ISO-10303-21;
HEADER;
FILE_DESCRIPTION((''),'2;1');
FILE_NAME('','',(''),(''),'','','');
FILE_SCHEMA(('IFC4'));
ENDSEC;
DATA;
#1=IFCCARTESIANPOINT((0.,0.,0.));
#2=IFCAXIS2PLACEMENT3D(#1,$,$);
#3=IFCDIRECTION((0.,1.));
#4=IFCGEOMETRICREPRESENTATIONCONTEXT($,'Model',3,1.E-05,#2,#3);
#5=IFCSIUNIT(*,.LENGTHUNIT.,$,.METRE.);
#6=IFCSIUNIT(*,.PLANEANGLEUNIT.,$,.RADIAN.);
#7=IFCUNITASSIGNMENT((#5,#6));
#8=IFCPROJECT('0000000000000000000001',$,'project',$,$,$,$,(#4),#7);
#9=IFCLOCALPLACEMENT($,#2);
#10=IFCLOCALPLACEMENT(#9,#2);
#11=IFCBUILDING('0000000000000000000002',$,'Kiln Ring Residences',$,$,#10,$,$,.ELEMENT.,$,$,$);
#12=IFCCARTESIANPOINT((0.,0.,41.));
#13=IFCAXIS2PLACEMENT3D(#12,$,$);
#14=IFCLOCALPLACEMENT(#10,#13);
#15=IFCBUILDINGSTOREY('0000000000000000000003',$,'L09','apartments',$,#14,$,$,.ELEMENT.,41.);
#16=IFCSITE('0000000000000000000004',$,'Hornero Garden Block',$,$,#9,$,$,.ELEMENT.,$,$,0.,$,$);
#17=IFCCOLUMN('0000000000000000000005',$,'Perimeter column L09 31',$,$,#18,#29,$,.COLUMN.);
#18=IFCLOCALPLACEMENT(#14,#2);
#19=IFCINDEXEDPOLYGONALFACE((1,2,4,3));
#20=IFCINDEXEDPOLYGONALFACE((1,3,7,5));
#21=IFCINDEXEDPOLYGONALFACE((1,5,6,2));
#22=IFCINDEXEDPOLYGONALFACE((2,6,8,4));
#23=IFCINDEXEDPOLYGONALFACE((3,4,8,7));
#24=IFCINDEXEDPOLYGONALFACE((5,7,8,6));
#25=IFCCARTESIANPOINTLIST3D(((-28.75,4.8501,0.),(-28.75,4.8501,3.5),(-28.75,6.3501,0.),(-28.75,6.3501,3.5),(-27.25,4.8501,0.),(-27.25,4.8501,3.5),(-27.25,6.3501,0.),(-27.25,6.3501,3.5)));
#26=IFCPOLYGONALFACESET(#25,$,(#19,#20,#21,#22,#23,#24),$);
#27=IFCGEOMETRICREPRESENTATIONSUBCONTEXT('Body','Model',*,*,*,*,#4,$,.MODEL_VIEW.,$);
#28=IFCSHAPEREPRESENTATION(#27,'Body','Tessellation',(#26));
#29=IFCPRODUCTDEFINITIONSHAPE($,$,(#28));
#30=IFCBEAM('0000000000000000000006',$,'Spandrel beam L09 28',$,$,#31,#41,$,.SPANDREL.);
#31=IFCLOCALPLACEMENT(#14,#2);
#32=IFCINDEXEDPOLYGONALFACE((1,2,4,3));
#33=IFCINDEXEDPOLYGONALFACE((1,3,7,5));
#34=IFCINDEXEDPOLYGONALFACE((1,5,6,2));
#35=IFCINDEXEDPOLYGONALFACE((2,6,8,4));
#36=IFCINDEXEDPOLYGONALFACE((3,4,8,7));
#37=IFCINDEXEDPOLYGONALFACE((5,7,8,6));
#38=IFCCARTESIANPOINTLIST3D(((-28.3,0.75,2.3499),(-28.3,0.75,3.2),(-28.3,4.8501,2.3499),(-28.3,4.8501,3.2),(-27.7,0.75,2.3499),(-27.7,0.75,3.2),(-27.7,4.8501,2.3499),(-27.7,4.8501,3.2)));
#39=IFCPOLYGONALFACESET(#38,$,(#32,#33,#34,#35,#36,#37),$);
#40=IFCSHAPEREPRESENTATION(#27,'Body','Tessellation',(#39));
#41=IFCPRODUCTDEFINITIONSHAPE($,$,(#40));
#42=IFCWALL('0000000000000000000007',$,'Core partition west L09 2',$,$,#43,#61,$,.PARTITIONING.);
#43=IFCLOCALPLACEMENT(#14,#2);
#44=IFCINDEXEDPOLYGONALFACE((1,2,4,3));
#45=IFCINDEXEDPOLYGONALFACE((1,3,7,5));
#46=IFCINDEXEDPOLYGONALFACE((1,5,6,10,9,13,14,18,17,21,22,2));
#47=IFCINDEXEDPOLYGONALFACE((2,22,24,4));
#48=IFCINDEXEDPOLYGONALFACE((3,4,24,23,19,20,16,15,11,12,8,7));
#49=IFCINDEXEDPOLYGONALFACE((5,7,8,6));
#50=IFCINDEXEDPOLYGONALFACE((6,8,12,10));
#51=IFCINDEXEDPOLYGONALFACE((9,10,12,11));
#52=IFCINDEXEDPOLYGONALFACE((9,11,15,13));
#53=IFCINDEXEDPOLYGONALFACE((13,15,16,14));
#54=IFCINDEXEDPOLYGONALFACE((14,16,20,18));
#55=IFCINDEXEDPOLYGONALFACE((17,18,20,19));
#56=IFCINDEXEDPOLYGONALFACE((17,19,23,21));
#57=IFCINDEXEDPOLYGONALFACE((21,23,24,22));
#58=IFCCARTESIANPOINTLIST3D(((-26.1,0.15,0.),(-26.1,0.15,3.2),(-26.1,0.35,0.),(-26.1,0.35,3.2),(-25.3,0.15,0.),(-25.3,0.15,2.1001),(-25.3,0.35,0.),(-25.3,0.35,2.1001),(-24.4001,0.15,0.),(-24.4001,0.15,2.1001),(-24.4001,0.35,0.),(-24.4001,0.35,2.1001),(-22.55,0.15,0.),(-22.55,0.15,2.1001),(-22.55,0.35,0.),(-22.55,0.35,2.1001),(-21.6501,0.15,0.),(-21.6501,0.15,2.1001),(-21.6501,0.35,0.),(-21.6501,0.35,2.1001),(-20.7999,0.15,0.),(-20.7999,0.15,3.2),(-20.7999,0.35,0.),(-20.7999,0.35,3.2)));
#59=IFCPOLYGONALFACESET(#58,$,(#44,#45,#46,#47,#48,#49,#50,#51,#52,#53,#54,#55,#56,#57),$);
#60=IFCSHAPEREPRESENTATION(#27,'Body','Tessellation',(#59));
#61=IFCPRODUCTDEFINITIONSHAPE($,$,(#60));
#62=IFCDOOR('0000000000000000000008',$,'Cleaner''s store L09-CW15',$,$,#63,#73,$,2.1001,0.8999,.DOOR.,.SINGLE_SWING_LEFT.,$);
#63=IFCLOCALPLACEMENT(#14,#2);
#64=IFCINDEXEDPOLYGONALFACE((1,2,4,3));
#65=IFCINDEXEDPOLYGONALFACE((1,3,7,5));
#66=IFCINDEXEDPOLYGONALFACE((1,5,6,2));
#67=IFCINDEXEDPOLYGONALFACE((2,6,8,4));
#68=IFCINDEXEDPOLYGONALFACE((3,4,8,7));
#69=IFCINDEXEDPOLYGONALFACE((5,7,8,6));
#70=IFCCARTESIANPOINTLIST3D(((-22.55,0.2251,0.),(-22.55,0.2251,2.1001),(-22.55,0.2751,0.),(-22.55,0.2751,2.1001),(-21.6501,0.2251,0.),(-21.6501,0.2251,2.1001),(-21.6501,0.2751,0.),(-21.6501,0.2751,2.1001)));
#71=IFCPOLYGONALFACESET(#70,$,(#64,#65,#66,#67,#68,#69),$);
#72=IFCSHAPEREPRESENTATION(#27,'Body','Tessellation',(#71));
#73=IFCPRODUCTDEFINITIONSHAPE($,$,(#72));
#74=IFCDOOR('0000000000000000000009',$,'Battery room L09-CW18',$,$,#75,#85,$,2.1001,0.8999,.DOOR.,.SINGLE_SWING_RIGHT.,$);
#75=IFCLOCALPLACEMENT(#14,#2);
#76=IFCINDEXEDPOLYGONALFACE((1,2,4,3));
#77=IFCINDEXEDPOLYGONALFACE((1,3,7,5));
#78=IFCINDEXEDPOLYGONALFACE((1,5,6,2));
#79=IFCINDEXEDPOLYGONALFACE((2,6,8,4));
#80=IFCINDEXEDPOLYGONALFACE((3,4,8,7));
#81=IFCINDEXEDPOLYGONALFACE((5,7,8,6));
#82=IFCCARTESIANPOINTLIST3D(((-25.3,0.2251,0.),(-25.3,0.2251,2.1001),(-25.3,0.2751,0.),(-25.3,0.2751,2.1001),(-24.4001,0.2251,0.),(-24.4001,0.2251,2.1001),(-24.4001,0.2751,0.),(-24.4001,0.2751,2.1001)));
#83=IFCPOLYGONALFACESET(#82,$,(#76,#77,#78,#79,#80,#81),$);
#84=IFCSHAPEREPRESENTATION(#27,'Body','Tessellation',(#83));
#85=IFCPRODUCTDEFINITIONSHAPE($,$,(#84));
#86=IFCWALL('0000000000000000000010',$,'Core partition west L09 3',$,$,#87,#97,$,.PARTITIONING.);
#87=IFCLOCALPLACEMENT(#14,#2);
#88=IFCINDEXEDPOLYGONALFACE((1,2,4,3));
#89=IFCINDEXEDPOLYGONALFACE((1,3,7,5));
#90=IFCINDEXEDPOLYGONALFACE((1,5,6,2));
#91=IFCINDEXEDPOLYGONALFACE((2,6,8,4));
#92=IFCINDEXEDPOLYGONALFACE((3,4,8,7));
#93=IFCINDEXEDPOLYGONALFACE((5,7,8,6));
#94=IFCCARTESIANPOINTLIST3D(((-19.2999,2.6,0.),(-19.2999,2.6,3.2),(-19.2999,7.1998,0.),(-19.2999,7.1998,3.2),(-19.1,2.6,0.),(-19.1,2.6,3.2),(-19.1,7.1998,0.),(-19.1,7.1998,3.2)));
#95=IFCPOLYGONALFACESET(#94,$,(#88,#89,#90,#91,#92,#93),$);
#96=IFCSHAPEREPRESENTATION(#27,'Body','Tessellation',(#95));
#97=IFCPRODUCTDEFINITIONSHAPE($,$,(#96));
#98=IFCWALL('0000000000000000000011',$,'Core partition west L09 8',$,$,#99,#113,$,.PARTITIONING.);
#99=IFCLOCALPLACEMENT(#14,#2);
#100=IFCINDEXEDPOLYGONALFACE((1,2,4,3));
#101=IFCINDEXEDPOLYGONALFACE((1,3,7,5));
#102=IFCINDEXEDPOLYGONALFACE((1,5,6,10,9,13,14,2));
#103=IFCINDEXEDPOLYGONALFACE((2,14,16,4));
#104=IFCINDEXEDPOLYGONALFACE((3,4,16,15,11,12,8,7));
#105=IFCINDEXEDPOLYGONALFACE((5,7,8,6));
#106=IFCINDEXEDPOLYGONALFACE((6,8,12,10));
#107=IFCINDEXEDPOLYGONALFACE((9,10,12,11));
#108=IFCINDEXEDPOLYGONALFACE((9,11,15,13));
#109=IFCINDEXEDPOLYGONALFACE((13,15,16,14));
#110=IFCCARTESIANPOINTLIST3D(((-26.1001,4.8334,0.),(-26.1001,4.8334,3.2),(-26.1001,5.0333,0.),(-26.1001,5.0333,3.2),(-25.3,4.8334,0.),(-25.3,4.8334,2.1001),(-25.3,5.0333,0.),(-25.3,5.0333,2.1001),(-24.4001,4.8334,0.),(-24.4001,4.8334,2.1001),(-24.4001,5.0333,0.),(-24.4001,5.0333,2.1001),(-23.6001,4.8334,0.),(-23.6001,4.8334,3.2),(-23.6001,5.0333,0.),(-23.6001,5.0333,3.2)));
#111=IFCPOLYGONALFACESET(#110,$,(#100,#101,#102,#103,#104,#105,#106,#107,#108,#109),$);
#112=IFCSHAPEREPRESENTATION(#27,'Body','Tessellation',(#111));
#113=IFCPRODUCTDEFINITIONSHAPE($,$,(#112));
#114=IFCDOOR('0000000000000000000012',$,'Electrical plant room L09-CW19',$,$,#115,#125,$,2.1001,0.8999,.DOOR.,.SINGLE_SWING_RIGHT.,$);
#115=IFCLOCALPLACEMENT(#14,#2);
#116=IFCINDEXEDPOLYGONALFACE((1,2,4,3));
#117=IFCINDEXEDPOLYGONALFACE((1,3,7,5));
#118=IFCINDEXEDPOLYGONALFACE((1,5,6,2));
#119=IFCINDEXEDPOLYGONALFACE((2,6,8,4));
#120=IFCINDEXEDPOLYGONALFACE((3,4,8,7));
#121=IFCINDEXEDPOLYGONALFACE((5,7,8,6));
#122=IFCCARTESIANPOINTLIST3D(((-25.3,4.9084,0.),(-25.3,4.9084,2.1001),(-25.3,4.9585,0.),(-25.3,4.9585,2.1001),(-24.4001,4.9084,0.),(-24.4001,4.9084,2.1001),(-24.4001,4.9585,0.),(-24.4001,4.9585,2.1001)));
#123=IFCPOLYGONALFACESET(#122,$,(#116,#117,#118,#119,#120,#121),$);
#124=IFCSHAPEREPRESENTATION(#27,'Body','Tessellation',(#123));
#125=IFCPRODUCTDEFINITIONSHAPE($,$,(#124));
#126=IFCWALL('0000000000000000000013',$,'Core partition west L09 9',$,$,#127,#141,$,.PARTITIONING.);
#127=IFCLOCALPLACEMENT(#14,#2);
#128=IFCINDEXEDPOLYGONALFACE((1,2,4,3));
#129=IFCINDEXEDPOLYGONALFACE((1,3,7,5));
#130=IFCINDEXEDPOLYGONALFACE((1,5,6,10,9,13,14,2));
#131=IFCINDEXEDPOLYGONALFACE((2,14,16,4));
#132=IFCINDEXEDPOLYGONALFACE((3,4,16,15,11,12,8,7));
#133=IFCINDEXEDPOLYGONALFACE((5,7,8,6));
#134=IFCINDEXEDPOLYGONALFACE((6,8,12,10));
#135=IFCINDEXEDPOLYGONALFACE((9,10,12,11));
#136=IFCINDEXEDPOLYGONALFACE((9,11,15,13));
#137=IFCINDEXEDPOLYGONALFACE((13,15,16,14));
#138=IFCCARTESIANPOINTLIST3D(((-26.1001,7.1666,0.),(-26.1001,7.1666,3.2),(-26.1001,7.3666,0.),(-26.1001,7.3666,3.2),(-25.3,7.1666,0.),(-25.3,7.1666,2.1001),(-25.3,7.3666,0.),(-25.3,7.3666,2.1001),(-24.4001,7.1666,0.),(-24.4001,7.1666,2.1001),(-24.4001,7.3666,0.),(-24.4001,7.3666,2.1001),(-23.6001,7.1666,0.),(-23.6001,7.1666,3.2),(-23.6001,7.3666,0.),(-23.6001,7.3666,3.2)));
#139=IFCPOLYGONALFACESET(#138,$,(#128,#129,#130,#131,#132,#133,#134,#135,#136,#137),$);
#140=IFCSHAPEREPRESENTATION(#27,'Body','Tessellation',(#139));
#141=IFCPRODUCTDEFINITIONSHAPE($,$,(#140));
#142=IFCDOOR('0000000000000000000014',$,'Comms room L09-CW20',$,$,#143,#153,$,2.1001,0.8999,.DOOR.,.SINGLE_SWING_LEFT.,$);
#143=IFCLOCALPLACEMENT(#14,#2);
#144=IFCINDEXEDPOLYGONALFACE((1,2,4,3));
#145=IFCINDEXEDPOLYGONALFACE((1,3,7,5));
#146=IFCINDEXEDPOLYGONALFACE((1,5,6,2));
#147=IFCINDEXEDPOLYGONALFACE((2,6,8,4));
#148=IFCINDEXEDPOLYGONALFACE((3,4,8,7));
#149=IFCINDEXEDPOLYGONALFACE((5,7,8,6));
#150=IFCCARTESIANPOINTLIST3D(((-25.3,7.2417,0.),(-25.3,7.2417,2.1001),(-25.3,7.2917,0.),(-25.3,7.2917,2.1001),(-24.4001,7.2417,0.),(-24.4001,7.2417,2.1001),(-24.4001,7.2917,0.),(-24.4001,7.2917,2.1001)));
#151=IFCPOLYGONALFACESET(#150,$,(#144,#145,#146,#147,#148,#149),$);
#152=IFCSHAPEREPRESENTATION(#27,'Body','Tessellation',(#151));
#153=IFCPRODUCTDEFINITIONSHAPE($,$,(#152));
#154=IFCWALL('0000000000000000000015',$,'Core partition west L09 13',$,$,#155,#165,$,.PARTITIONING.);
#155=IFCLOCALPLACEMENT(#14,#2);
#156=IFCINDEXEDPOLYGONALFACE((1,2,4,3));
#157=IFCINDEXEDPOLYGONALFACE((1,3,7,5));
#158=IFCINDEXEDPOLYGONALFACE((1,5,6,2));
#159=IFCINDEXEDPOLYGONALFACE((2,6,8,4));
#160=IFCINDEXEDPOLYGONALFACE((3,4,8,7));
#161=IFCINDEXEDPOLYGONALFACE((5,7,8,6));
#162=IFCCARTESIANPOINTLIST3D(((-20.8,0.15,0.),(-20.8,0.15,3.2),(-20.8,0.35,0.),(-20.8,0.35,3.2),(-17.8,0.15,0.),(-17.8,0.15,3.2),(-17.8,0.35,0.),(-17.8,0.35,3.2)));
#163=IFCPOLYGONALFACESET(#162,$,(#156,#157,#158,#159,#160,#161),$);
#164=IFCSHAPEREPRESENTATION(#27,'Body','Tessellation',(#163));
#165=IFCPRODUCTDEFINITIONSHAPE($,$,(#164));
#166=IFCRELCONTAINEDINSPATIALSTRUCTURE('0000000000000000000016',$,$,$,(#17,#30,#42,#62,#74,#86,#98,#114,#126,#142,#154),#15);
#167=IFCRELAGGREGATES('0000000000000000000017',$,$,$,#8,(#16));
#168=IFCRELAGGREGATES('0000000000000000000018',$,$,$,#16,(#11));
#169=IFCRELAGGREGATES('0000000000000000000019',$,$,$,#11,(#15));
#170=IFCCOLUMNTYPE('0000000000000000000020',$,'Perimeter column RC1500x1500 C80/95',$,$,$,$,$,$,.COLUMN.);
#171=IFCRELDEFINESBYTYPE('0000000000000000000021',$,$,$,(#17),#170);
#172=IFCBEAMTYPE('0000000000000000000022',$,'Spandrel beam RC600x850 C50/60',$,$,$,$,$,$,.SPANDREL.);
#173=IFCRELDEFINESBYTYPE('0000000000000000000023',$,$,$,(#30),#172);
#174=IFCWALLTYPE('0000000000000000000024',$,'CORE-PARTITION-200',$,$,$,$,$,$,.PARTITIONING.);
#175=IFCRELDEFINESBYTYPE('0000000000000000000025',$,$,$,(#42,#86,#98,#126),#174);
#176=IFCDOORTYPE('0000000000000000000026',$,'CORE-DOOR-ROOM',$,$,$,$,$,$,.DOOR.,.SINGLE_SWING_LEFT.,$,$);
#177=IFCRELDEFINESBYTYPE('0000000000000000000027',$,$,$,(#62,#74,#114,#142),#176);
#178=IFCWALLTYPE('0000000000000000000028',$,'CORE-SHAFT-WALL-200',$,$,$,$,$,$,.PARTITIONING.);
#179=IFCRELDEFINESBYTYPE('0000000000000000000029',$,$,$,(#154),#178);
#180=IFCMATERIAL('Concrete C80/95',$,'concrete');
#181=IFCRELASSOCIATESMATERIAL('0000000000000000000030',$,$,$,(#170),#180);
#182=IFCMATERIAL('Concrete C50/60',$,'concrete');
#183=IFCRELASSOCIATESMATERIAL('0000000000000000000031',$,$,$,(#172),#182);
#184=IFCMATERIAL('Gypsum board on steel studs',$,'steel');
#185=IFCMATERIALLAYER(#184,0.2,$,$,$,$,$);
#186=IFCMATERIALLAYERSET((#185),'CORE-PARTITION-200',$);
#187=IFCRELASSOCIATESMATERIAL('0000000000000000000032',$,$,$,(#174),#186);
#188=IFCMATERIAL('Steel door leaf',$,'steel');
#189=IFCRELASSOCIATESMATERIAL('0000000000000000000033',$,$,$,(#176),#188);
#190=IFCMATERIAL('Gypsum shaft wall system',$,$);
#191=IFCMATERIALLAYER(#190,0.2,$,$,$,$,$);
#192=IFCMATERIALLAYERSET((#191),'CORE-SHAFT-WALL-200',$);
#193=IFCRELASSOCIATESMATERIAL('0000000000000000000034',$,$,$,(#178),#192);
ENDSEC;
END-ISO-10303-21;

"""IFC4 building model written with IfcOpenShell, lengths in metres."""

from ifc_helpers import new_model, si_unit, direction, frame, frame_2d, origin, origin_2d, place, context, subcontext, project, spatial, rectangle, extrude, material, layer, layer_set, material_profile, profile_set, type_object, element, fill, save


model = new_model("IFC4")

# Units and contexts
model_context = context("Model", 3, precision=1e-05, world=origin(), true_north=direction((0.0, 1.0)))
body_context = subcontext(model_context, "Body", "Model", "MODEL_VIEW")
ifc_project = project(units=[si_unit("LENGTHUNIT", "METRE"), si_unit("PLANEANGLEUNIT", "RADIAN")], contexts=[model_context])

# Site, building, storey
site_placement = place(None, origin())
site = spatial("IfcSite", under=ifc_project, at=site_placement, Name="Hornero Garden Block", CompositionType="ELEMENT", RefElevation=0.0)
building_placement = place(site_placement, origin())
building = spatial("IfcBuilding", under=site, at=building_placement, Name="Kiln Ring Residences", CompositionType="ELEMENT")
storey_placement = place(building_placement, frame((0.0, 0.0, 41.0)))
storey = spatial("IfcBuildingStorey", under=building, at=storey_placement, Name="L09", Description="apartments", CompositionType="ELEMENT", Elevation=41.0)

# Column
ifc_material_1 = material(Name="Concrete C80/95", Category="concrete")
ifc_material_profile_1 = material_profile(ifc_material_1, rectangle(XDim=1.5, YDim=1.5, at=origin_2d()), Name="RC1500x1500")
ifc_profile_set_1 = profile_set([ifc_material_profile_1], Name="Concrete C80/95")
column_type = type_object("IfcColumnType", Name="Perimeter column RC1500x1500 C80/95", PredefinedType="COLUMN", material=ifc_profile_set_1)
column_placement = place(storey_placement, frame((-28.0, 5.6001, 0.0), z_axis=(0.0, 0.0, 1.0), x_axis=(1.0, 0.0, 0.0)))
element("IfcColumn", 1, at=column_placement, inside=storey, type_object=column_type, Name="Perimeter column L09 31", PredefinedType="COLUMN", context=body_context, shape_type="SweptSolid", body=[
    extrude(rectangle(XDim=1.5, YDim=1.5, at=origin_2d()), origin(), (0.0, 0.0, 1.0), 3.5),
])

# Beam
ifc_material_2 = material(Name="Concrete C50/60", Category="concrete")
ifc_material_profile_2 = material_profile(ifc_material_2, rectangle(XDim=0.6001, YDim=0.8501, at=origin_2d()), Name="RC600x850")
ifc_profile_set_2 = profile_set([ifc_material_profile_2], Name="Concrete C50/60")
beam_type = type_object("IfcBeamType", Name="Spandrel beam RC600x850 C50/60", PredefinedType="SPANDREL", material=ifc_profile_set_2)
beam_placement = place(storey_placement, frame((-28.0, 4.8501, 2.7749), z_axis=(0.0, -1.0, 0.0), x_axis=(1.0, 0.0, 0.0)))
element("IfcBeam", 2, at=beam_placement, inside=storey, type_object=beam_type, Name="Spandrel beam L09 28", PredefinedType="SPANDREL", context=body_context, shape_type="SweptSolid", body=[
    extrude(rectangle(XDim=0.6001, YDim=0.8501, at=origin_2d()), origin(), (0.0, 0.0, 1.0), 4.1001),
])

# Wall, openings, doors
ifc_material_3 = material(Name="Gypsum board on steel studs", Category="steel")
ifc_layer_1 = layer(ifc_material_3, 0.2)
ifc_layer_set_1 = layer_set([ifc_layer_1], Name="CORE-PARTITION-200")
wall_type_1 = type_object("IfcWallType", Name="CORE-PARTITION-200", PredefinedType="PARTITIONING", material=ifc_layer_set_1)
wall_1_placement = place(storey_placement, frame((-20.8, 0.25, 0.0), z_axis=(0.0, 0.0, 1.0), x_axis=(-1.0, 0.0, 0.0)))
wall_1 = element("IfcWall", 3, at=wall_1_placement, inside=storey, type_object=wall_type_1, Name="Core partition west L09 2", PredefinedType="PARTITIONING", context=body_context, shape_type="SweptSolid", body=[
    extrude(rectangle(XDim=5.3, YDim=0.2, at=frame_2d((2.6499, 0.0))), origin(), (0.0, 0.0, 1.0), 3.2),
])
opening_1_placement = place(wall_1_placement, frame((0.8501, 0.0, 0.0)))
opening_1 = element("IfcOpeningElement", 4, at=opening_1_placement, cuts=wall_1, PredefinedType="OPENING", context=body_context, shape_type="SweptSolid", body=[
    extrude(rectangle(XDim=0.8999, YDim=2.1001, at=frame_2d((0.45, 1.05))), frame((0.0, 0.1099, 0.0), z_axis=(0.0, -1.0, 0.0), x_axis=(1.0, 0.0, 0.0)), (0.0, 0.0, 1.0), 0.22),
])
opening_2_placement = place(wall_1_placement, frame((3.6001, 0.0, 0.0)))
opening_2 = element("IfcOpeningElement", 5, at=opening_2_placement, cuts=wall_1, PredefinedType="OPENING", context=body_context, shape_type="SweptSolid", body=[
    extrude(rectangle(XDim=0.8999, YDim=2.1001, at=frame_2d((0.45, 1.05))), frame((0.0, 0.1099, 0.0), z_axis=(0.0, -1.0, 0.0), x_axis=(1.0, 0.0, 0.0)), (0.0, 0.0, 1.0), 0.22),
])
ifc_material_4 = material(Name="Steel door leaf", Category="steel")
door_type = type_object("IfcDoorType", Name="CORE-DOOR-ROOM", OperationType="SINGLE_SWING_LEFT", PredefinedType="DOOR", material=ifc_material_4)
door_1_placement = place(opening_1_placement, origin())
door_1 = element("IfcDoor", 6, at=door_1_placement, inside=storey, type_object=door_type, Name="Cleaner's store L09-CW15", OperationType="SINGLE_SWING_LEFT", OverallHeight=2.1001, OverallWidth=0.8999, PredefinedType="DOOR", context=body_context, shape_type="SweptSolid", body=[
    extrude(rectangle(XDim=0.8999, YDim=2.1001, at=frame_2d((0.45, 1.05))), frame((0.0, 0.0249, 0.0), z_axis=(0.0, -1.0, 0.0), x_axis=(1.0, 0.0, 0.0)), (0.0, 0.0, 1.0), 0.05),
])
fill(opening_1, door_1)
door_2_placement = place(opening_2_placement, origin())
door_2 = element("IfcDoor", 7, at=door_2_placement, inside=storey, type_object=door_type, Name="Battery room L09-CW18", OperationType="SINGLE_SWING_RIGHT", OverallHeight=2.1001, OverallWidth=0.8999, PredefinedType="DOOR", context=body_context, shape_type="SweptSolid", body=[
    extrude(rectangle(XDim=0.8999, YDim=2.1001, at=frame_2d((0.45, 1.05))), frame((0.0, 0.0249, 0.0), z_axis=(0.0, -1.0, 0.0), x_axis=(1.0, 0.0, 0.0)), (0.0, 0.0, 1.0), 0.05),
])
fill(opening_2, door_2)

# Wall
wall_2_placement = place(storey_placement, frame((-19.2, 2.6001, 0.0), z_axis=(0.0, 0.0, 1.0), x_axis=(0.0, 1.0, 0.0)))
element("IfcWall", 8, at=wall_2_placement, inside=storey, type_object=wall_type_1, Name="Core partition west L09 3", PredefinedType="PARTITIONING", context=body_context, shape_type="SweptSolid", body=[
    extrude(rectangle(XDim=4.5999, YDim=0.2, at=frame_2d((2.2998, 0.0))), origin(), (0.0, 0.0, 1.0), 3.2),
])

# Walls, openings, doors
wall_3_placement = place(storey_placement, frame((-23.6001, 4.9333, 0.0), z_axis=(0.0, 0.0, 1.0), x_axis=(-1.0, 0.0, 0.0)))
wall_3 = element("IfcWall", 9, at=wall_3_placement, inside=storey, type_object=wall_type_1, Name="Core partition west L09 8", PredefinedType="PARTITIONING", context=body_context, shape_type="SweptSolid", body=[
    extrude(rectangle(XDim=2.5, YDim=0.2, at=frame_2d((1.25, 0.0))), origin(), (0.0, 0.0, 1.0), 3.2),
])
opening_3_placement = place(wall_3_placement, frame((0.8, 0.0, 0.0)))
opening_3 = element("IfcOpeningElement", 10, at=opening_3_placement, cuts=wall_3, PredefinedType="OPENING", context=body_context, shape_type="SweptSolid", body=[
    extrude(rectangle(XDim=0.8999, YDim=2.1001, at=frame_2d((0.45, 1.05))), frame((0.0, 0.1099, 0.0), z_axis=(0.0, -1.0, 0.0), x_axis=(1.0, 0.0, 0.0)), (0.0, 0.0, 1.0), 0.22),
])
door_3_placement = place(opening_3_placement, origin())
door_3 = element("IfcDoor", 11, at=door_3_placement, inside=storey, type_object=door_type, Name="Electrical plant room L09-CW19", OperationType="SINGLE_SWING_RIGHT", OverallHeight=2.1001, OverallWidth=0.8999, PredefinedType="DOOR", context=body_context, shape_type="SweptSolid", body=[
    extrude(rectangle(XDim=0.8999, YDim=2.1001, at=frame_2d((0.45, 1.05))), frame((0.0, 0.0249, 0.0), z_axis=(0.0, -1.0, 0.0), x_axis=(1.0, 0.0, 0.0)), (0.0, 0.0, 1.0), 0.05),
])
fill(opening_3, door_3)
wall_4_placement = place(storey_placement, frame((-23.6001, 7.2666, 0.0), z_axis=(0.0, 0.0, 1.0), x_axis=(-1.0, 0.0, 0.0)))
wall_4 = element("IfcWall", 12, at=wall_4_placement, inside=storey, type_object=wall_type_1, Name="Core partition west L09 9", PredefinedType="PARTITIONING", context=body_context, shape_type="SweptSolid", body=[
    extrude(rectangle(XDim=2.5, YDim=0.2, at=frame_2d((1.25, 0.0))), origin(), (0.0, 0.0, 1.0), 3.2),
])
opening_4_placement = place(wall_4_placement, frame((0.8, 0.0, 0.0)))
opening_4 = element("IfcOpeningElement", 13, at=opening_4_placement, cuts=wall_4, PredefinedType="OPENING", context=body_context, shape_type="SweptSolid", body=[
    extrude(rectangle(XDim=0.8999, YDim=2.1001, at=frame_2d((0.45, 1.05))), frame((0.0, 0.1099, 0.0), z_axis=(0.0, -1.0, 0.0), x_axis=(1.0, 0.0, 0.0)), (0.0, 0.0, 1.0), 0.22),
])
door_4_placement = place(opening_4_placement, origin())
door_4 = element("IfcDoor", 14, at=door_4_placement, inside=storey, type_object=door_type, Name="Comms room L09-CW20", OperationType="SINGLE_SWING_LEFT", OverallHeight=2.1001, OverallWidth=0.8999, PredefinedType="DOOR", context=body_context, shape_type="SweptSolid", body=[
    extrude(rectangle(XDim=0.8999, YDim=2.1001, at=frame_2d((0.45, 1.05))), frame((0.0, 0.0249, 0.0), z_axis=(0.0, -1.0, 0.0), x_axis=(1.0, 0.0, 0.0)), (0.0, 0.0, 1.0), 0.05),
])
fill(opening_4, door_4)

# Wall
ifc_material_5 = material(Name="Gypsum shaft wall system")
ifc_layer_2 = layer(ifc_material_5, 0.2)
ifc_layer_set_2 = layer_set([ifc_layer_2], Name="CORE-SHAFT-WALL-200")
wall_type_2 = type_object("IfcWallType", Name="CORE-SHAFT-WALL-200", PredefinedType="PARTITIONING", material=ifc_layer_set_2)
wall_5_placement = place(storey_placement, frame((-17.8, 0.25, 0.0), z_axis=(0.0, 0.0, 1.0), x_axis=(-1.0, 0.0, 0.0)))
element("IfcWall", 15, at=wall_5_placement, inside=storey, type_object=wall_type_2, Name="Core partition west L09 13", PredefinedType="PARTITIONING", context=body_context, shape_type="SweptSolid", body=[
    extrude(rectangle(XDim=3.0, YDim=0.2, at=frame_2d((1.5, 0.0))), origin(), (0.0, 0.0, 1.0), 3.2),
])

save(model, "model.ifc")
